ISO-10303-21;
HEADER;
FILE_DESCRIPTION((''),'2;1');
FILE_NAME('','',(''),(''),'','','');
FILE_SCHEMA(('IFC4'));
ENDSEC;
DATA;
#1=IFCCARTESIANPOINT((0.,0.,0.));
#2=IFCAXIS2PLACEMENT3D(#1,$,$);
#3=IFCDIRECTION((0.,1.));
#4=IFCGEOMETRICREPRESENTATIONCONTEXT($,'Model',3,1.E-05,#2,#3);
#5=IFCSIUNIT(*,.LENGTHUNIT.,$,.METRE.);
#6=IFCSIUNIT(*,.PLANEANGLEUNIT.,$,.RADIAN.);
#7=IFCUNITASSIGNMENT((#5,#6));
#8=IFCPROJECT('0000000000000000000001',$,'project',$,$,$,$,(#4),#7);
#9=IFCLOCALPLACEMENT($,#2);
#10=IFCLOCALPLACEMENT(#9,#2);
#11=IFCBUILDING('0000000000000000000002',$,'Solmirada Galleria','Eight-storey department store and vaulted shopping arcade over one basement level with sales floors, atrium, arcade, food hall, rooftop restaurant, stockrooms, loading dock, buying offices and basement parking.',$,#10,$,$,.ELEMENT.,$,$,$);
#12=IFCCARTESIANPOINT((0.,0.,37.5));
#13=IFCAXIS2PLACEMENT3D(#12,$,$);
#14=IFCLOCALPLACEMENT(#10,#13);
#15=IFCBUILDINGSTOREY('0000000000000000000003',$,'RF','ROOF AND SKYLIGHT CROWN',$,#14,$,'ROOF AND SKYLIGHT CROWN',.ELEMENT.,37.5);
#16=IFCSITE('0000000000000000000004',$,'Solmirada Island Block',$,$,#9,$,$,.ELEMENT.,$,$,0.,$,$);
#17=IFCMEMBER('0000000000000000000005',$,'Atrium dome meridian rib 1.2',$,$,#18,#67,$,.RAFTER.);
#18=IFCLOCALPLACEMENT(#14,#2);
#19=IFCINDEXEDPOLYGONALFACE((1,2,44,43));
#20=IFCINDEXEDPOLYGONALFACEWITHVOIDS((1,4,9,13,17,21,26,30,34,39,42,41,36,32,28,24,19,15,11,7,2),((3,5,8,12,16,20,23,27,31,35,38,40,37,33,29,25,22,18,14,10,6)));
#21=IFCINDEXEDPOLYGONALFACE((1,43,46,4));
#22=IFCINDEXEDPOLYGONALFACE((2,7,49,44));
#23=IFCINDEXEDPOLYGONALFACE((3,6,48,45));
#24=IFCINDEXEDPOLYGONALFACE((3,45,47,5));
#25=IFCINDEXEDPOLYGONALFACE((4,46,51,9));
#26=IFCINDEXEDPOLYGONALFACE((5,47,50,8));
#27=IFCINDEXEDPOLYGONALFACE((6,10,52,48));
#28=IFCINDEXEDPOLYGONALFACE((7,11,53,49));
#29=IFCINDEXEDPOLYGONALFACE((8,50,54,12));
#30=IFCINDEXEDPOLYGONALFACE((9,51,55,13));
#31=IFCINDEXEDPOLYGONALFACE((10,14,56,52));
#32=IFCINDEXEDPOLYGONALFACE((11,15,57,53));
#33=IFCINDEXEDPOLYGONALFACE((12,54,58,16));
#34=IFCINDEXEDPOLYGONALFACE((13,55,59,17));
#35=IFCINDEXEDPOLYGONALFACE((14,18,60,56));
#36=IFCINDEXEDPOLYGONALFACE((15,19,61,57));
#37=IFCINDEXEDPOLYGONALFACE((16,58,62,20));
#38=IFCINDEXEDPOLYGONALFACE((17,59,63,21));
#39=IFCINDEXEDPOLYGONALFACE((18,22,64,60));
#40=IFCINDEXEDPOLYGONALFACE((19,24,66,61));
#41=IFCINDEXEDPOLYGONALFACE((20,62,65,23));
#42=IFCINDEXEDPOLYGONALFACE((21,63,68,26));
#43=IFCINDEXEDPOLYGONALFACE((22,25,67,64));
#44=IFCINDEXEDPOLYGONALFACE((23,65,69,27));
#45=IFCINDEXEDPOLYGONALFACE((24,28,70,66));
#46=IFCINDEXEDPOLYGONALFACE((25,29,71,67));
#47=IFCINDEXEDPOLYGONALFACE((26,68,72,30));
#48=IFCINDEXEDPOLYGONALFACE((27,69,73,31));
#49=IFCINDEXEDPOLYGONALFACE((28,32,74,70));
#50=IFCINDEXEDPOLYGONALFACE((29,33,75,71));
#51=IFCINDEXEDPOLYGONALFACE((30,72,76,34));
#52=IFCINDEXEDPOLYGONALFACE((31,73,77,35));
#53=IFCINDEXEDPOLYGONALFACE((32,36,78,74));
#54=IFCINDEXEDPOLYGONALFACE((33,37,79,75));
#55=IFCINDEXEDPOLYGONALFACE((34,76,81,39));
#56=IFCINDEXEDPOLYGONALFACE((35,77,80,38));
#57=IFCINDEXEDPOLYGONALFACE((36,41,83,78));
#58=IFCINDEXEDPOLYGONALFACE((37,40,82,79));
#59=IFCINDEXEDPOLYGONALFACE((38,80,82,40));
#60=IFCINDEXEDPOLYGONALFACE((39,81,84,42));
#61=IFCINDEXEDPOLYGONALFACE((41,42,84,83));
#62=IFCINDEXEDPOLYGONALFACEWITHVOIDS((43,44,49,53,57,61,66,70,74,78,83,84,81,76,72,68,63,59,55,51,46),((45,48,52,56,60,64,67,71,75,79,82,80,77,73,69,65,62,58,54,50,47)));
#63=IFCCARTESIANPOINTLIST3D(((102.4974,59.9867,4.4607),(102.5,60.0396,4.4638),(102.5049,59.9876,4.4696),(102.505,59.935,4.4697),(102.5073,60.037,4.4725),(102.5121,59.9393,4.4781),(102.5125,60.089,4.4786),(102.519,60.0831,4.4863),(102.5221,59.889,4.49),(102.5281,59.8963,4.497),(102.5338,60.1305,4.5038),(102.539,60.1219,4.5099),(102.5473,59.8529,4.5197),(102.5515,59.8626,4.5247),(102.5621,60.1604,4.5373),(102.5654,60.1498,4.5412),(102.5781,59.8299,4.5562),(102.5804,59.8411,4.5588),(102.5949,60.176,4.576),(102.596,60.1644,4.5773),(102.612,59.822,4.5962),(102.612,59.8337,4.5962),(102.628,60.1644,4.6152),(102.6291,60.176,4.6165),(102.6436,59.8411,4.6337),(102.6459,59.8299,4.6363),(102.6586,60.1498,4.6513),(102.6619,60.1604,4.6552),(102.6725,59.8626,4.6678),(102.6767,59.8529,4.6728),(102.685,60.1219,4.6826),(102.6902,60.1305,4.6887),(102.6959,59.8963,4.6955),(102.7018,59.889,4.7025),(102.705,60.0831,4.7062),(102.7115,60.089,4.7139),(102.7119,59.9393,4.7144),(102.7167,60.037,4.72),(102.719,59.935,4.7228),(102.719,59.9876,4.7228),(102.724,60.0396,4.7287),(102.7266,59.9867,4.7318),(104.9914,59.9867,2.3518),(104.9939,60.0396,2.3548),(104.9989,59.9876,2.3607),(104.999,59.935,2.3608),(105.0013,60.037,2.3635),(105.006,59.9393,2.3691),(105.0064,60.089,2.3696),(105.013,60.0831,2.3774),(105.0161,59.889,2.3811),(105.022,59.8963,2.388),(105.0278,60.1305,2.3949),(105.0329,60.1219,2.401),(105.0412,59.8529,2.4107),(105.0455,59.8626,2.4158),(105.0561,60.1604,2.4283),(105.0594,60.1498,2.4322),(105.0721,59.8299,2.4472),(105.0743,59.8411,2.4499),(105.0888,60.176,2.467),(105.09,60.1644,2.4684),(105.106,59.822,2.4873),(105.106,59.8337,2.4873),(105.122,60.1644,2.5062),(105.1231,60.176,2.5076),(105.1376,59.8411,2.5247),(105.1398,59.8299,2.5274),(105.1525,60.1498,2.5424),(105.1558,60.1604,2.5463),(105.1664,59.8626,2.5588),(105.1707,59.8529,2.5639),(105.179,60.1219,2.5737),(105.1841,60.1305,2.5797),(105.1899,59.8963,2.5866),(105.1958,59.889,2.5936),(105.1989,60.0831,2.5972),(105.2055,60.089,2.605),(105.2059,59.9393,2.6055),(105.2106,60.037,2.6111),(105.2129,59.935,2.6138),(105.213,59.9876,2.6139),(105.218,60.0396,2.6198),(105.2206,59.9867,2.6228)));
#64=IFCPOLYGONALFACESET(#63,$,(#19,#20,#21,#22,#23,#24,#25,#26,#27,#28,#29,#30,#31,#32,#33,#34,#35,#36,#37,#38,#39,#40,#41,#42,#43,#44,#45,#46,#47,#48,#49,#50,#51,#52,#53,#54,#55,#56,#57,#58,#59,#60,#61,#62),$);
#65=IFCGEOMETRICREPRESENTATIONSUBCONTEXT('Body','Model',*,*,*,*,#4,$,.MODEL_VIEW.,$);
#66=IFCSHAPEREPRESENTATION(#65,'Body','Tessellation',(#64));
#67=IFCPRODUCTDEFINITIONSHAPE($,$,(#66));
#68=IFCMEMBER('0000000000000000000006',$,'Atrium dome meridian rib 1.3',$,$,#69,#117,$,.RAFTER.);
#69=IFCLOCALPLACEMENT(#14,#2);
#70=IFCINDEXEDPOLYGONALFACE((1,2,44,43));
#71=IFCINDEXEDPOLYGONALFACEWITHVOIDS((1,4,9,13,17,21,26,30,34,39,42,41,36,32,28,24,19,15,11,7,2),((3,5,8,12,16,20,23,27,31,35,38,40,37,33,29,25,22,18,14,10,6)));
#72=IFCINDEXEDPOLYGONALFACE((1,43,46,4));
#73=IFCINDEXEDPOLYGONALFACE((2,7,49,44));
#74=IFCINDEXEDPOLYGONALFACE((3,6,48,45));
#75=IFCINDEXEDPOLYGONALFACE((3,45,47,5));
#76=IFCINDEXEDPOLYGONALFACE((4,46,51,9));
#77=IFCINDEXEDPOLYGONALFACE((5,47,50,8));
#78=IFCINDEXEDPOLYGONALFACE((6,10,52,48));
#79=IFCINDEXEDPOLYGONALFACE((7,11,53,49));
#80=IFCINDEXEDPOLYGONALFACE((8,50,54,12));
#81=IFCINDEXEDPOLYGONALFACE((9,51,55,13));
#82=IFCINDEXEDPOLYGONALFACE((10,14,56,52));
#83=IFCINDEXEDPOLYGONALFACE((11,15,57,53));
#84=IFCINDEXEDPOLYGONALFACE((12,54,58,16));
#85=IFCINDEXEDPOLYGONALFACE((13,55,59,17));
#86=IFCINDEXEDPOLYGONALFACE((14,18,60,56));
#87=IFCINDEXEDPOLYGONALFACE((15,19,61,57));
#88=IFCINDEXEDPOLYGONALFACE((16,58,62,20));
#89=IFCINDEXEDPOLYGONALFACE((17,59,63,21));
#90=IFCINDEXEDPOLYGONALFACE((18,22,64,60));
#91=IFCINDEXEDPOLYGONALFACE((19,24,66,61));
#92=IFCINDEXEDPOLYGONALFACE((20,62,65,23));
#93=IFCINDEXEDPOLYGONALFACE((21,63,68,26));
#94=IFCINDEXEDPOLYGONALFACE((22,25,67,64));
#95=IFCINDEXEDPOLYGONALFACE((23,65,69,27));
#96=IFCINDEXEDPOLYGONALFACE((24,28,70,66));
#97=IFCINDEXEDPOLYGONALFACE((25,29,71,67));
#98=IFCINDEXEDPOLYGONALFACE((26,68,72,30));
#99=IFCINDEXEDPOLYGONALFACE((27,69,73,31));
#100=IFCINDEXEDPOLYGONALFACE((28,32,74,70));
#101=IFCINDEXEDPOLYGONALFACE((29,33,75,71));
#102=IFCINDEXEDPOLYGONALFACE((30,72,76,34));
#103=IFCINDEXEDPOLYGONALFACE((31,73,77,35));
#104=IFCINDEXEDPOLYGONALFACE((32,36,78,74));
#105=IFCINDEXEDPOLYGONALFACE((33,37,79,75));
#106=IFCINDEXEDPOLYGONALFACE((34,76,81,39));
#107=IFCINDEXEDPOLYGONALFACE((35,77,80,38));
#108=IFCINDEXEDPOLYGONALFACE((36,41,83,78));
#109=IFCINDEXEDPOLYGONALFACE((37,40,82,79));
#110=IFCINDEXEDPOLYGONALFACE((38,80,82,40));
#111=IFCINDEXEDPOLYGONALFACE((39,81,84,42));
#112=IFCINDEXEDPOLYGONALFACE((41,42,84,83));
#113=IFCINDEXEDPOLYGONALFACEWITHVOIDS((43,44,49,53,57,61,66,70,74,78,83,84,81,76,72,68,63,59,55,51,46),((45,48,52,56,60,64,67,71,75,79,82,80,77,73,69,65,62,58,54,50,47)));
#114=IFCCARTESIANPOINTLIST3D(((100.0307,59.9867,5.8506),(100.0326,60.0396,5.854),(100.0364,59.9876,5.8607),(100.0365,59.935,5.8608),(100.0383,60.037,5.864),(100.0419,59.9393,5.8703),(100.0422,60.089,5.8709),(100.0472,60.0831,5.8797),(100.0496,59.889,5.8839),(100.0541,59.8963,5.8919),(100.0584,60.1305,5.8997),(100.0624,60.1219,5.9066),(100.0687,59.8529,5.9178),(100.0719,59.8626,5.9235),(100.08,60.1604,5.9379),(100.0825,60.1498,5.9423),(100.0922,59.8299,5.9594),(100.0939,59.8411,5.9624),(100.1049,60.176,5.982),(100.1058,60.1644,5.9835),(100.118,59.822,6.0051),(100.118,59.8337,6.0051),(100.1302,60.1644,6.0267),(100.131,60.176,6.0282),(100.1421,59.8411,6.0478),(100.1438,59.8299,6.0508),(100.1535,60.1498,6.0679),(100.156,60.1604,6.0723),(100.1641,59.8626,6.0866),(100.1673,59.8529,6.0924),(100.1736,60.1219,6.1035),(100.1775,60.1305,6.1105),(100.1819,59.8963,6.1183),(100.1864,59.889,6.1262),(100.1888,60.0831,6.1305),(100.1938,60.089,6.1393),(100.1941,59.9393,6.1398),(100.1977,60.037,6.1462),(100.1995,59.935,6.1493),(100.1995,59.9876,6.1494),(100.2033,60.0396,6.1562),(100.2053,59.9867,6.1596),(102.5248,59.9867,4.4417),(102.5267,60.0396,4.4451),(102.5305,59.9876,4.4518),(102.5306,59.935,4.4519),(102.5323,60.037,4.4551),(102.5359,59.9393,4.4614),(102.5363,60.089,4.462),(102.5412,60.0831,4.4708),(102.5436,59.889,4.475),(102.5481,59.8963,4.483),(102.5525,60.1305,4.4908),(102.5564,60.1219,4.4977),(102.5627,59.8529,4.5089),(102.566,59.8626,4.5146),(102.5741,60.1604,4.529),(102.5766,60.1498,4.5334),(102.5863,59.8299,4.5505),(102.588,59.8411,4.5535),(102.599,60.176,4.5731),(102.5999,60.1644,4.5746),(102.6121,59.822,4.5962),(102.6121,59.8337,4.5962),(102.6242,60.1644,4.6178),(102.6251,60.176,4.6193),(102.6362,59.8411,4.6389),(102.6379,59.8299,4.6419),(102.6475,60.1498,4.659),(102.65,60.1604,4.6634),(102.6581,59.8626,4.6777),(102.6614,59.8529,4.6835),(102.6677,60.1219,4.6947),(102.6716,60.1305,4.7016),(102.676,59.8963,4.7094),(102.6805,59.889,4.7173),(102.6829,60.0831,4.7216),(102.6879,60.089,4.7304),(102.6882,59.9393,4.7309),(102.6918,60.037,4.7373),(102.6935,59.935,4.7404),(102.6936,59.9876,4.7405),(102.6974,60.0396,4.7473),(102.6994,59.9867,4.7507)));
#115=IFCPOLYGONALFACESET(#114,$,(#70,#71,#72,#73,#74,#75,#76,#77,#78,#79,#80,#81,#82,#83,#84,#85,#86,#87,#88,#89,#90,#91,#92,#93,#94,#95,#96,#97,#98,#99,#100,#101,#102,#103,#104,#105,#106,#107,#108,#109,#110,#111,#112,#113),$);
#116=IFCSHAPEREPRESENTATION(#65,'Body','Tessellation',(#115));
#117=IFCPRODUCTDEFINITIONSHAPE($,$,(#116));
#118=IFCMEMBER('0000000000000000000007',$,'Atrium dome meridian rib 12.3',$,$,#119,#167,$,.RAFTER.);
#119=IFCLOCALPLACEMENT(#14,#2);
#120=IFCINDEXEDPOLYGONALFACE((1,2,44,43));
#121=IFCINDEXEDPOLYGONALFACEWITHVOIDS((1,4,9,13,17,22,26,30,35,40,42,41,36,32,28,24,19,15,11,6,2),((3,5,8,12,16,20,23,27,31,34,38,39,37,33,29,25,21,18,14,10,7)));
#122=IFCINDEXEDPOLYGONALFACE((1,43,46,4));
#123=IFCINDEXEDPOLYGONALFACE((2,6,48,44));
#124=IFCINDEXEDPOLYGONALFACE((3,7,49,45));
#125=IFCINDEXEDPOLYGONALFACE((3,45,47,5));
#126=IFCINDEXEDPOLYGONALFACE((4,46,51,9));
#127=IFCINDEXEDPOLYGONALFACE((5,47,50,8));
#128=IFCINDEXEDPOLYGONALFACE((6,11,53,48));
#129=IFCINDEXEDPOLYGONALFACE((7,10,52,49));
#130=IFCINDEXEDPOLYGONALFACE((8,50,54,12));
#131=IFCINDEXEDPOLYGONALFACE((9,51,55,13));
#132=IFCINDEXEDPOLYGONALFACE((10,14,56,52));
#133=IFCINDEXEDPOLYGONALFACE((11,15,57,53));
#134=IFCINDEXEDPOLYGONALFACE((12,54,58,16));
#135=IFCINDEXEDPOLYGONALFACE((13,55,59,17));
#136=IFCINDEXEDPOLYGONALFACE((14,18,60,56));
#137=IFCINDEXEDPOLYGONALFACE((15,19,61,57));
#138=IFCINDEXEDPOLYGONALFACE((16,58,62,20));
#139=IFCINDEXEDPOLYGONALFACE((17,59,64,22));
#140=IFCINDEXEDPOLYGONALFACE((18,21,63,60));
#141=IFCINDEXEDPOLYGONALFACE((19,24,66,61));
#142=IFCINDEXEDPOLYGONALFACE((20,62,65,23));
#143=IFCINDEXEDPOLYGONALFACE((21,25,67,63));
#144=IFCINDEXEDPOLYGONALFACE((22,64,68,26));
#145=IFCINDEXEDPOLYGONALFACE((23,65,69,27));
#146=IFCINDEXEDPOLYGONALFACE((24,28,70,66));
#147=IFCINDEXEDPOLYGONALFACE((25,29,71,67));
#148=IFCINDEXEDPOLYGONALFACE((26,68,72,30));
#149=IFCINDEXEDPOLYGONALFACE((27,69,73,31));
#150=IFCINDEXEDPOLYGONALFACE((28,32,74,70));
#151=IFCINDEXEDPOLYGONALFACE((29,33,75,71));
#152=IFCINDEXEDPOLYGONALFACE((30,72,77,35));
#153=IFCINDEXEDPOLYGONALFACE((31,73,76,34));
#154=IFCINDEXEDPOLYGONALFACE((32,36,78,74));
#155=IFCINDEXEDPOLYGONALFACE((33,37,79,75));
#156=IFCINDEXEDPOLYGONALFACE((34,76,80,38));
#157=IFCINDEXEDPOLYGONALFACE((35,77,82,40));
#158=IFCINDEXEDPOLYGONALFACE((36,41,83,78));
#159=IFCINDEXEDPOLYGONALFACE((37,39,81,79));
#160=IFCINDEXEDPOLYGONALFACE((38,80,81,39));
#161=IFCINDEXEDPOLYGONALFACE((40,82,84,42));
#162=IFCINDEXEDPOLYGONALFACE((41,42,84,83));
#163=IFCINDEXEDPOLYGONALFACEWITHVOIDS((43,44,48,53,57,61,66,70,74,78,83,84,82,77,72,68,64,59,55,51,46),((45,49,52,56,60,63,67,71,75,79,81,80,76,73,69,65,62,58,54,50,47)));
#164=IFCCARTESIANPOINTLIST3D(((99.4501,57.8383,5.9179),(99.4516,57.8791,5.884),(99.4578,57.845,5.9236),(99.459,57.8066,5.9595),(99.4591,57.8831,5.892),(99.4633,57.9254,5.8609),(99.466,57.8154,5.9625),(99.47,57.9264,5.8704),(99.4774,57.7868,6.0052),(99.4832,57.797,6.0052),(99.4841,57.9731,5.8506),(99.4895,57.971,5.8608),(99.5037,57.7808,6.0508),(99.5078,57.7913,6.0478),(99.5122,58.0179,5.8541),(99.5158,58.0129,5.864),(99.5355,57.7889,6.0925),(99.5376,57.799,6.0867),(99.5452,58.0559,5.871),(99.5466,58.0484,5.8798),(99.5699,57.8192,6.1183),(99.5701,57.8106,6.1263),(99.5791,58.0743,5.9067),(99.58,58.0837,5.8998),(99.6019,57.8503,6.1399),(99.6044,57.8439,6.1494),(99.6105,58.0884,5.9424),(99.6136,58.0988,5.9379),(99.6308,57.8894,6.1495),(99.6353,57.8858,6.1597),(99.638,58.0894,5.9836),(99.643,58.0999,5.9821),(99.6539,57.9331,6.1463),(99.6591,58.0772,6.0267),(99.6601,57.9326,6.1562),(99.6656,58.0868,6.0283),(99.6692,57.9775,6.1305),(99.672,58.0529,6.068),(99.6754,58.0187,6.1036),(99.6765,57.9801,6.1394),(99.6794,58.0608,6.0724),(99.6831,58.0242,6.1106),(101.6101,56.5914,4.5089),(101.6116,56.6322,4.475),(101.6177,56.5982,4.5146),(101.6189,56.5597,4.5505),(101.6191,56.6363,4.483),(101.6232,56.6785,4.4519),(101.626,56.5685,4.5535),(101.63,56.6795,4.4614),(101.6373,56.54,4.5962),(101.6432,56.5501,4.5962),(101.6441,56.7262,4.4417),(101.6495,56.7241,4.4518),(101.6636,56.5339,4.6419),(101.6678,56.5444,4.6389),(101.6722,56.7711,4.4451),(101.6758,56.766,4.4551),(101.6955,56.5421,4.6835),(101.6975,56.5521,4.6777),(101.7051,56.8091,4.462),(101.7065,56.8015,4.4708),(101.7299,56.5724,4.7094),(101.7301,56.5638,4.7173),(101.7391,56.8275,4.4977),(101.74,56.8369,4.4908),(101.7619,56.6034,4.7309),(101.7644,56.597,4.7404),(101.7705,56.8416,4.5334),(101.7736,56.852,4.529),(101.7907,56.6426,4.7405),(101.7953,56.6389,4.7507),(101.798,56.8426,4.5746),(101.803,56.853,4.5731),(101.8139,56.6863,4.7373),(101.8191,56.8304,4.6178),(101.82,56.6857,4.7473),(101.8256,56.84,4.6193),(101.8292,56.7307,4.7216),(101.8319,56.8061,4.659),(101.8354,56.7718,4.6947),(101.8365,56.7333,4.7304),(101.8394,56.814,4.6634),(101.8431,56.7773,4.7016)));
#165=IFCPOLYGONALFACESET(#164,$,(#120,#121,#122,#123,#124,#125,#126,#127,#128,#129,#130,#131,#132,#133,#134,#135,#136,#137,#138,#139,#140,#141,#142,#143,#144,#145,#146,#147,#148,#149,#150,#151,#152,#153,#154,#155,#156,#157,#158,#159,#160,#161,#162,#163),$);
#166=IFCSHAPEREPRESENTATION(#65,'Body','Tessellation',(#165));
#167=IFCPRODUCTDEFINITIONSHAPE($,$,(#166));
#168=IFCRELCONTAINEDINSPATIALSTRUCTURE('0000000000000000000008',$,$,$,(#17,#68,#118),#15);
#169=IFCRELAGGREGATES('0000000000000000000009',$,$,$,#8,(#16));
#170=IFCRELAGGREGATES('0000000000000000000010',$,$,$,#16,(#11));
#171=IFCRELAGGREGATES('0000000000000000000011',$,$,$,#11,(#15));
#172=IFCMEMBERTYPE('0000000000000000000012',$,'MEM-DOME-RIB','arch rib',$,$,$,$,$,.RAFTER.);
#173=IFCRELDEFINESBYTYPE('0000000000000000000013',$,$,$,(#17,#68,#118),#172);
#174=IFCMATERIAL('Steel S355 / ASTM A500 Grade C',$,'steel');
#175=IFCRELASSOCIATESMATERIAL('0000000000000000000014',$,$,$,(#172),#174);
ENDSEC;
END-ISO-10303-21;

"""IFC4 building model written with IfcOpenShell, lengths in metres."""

from ifc_helpers import new_model, si_unit, direction, frame, origin, origin_2d, place, context, subcontext, project, spatial, hollow_circle, extrude, material, material_profile, profile_set, type_object, element, save


model = new_model("IFC4")

# Units and contexts
model_context = context("Model", 3, precision=1e-05, world=origin(), true_north=direction((0.0, 1.0)))
body_context = subcontext(model_context, "Body", "Model", "MODEL_VIEW")
ifc_project = project(units=[si_unit("LENGTHUNIT", "METRE"), si_unit("PLANEANGLEUNIT", "RADIAN")], contexts=[model_context])

# Site, building, storey
site_placement = place(None, origin())
site = spatial("IfcSite", under=ifc_project, at=site_placement, Name="Solmirada Island Block", CompositionType="ELEMENT", RefElevation=0.0)
building_placement = place(site_placement, origin())
building = spatial("IfcBuilding", under=site, at=building_placement, Name="Solmirada Galleria", Description="Eight-storey department store and vaulted shopping arcade over one basement level with sales floors, atrium, arcade, food hall, rooftop restaurant, stockrooms, loading dock, buying offices and basement parking.", CompositionType="ELEMENT")
storey_placement = place(building_placement, frame((0.0, 0.0, 37.5)))
storey = spatial("IfcBuildingStorey", under=building, at=storey_placement, Name="RF", Description="ROOF AND SKYLIGHT CROWN", LongName="ROOF AND SKYLIGHT CROWN", CompositionType="ELEMENT", Elevation=37.5)

# Members
ifc_material_1 = material(Name="Steel S355 / ASTM A500 Grade C", Category="steel")
ifc_material_profile_1 = material_profile(ifc_material_1, hollow_circle(Radius=0.178, WallThickness=0.0117, at=origin_2d()), Name="HSS14.000X0.500")
ifc_profile_set_1 = profile_set([ifc_material_profile_1], Name="Steel S355 / ASTM A500 Grade C")
member_type_1 = type_object("IfcMemberType", Name="MEM-DOME-RIB", Description="arch rib", PredefinedType="RAFTER", material=ifc_profile_set_1)
member_1_placement = place(storey_placement, frame((105.106, 60.0, 2.4873), z_axis=(-0.763588, 0.0, 0.645704), x_axis=(0.0, -1.0, 0.0)))
element("IfcMember", 1, at=member_1_placement, inside=storey, type_object=member_type_1, Name="Atrium dome meridian rib 1.2", PredefinedType="RAFTER", context=body_context, shape_type="SweptSolid", body=[
    extrude(hollow_circle(Radius=0.178, WallThickness=0.0117, at=origin_2d()), origin(), (0.0, 0.0, 1.0), 3.2661),
])
for number, where, z_axis, x_axis, name in (
    (2, (102.6121, 60.0, 4.5962), (-0.870682, 0.0, 0.491847), (0.0, -1.0, 0.0), "Atrium dome meridian rib 1.3"),
    (3, (101.7263, 56.6941, 4.5962), (-0.754049, 0.435281, 0.491875), (-0.49994, -0.86606, 0.0), "Atrium dome meridian rib 12.3"),
):
    element("IfcMember", number, at=place(storey_placement, frame(where, z_axis=z_axis, x_axis=x_axis)), inside=storey, type_object=member_type_1, Name=name, PredefinedType="RAFTER", context=body_context, shape_type="SweptSolid", body=[
        extrude(hollow_circle(Radius=0.178, WallThickness=0.0117, at=origin_2d()), origin(), (0.0, 0.0, 1.0), 2.8645),
    ])

save(model, "model.ifc")
